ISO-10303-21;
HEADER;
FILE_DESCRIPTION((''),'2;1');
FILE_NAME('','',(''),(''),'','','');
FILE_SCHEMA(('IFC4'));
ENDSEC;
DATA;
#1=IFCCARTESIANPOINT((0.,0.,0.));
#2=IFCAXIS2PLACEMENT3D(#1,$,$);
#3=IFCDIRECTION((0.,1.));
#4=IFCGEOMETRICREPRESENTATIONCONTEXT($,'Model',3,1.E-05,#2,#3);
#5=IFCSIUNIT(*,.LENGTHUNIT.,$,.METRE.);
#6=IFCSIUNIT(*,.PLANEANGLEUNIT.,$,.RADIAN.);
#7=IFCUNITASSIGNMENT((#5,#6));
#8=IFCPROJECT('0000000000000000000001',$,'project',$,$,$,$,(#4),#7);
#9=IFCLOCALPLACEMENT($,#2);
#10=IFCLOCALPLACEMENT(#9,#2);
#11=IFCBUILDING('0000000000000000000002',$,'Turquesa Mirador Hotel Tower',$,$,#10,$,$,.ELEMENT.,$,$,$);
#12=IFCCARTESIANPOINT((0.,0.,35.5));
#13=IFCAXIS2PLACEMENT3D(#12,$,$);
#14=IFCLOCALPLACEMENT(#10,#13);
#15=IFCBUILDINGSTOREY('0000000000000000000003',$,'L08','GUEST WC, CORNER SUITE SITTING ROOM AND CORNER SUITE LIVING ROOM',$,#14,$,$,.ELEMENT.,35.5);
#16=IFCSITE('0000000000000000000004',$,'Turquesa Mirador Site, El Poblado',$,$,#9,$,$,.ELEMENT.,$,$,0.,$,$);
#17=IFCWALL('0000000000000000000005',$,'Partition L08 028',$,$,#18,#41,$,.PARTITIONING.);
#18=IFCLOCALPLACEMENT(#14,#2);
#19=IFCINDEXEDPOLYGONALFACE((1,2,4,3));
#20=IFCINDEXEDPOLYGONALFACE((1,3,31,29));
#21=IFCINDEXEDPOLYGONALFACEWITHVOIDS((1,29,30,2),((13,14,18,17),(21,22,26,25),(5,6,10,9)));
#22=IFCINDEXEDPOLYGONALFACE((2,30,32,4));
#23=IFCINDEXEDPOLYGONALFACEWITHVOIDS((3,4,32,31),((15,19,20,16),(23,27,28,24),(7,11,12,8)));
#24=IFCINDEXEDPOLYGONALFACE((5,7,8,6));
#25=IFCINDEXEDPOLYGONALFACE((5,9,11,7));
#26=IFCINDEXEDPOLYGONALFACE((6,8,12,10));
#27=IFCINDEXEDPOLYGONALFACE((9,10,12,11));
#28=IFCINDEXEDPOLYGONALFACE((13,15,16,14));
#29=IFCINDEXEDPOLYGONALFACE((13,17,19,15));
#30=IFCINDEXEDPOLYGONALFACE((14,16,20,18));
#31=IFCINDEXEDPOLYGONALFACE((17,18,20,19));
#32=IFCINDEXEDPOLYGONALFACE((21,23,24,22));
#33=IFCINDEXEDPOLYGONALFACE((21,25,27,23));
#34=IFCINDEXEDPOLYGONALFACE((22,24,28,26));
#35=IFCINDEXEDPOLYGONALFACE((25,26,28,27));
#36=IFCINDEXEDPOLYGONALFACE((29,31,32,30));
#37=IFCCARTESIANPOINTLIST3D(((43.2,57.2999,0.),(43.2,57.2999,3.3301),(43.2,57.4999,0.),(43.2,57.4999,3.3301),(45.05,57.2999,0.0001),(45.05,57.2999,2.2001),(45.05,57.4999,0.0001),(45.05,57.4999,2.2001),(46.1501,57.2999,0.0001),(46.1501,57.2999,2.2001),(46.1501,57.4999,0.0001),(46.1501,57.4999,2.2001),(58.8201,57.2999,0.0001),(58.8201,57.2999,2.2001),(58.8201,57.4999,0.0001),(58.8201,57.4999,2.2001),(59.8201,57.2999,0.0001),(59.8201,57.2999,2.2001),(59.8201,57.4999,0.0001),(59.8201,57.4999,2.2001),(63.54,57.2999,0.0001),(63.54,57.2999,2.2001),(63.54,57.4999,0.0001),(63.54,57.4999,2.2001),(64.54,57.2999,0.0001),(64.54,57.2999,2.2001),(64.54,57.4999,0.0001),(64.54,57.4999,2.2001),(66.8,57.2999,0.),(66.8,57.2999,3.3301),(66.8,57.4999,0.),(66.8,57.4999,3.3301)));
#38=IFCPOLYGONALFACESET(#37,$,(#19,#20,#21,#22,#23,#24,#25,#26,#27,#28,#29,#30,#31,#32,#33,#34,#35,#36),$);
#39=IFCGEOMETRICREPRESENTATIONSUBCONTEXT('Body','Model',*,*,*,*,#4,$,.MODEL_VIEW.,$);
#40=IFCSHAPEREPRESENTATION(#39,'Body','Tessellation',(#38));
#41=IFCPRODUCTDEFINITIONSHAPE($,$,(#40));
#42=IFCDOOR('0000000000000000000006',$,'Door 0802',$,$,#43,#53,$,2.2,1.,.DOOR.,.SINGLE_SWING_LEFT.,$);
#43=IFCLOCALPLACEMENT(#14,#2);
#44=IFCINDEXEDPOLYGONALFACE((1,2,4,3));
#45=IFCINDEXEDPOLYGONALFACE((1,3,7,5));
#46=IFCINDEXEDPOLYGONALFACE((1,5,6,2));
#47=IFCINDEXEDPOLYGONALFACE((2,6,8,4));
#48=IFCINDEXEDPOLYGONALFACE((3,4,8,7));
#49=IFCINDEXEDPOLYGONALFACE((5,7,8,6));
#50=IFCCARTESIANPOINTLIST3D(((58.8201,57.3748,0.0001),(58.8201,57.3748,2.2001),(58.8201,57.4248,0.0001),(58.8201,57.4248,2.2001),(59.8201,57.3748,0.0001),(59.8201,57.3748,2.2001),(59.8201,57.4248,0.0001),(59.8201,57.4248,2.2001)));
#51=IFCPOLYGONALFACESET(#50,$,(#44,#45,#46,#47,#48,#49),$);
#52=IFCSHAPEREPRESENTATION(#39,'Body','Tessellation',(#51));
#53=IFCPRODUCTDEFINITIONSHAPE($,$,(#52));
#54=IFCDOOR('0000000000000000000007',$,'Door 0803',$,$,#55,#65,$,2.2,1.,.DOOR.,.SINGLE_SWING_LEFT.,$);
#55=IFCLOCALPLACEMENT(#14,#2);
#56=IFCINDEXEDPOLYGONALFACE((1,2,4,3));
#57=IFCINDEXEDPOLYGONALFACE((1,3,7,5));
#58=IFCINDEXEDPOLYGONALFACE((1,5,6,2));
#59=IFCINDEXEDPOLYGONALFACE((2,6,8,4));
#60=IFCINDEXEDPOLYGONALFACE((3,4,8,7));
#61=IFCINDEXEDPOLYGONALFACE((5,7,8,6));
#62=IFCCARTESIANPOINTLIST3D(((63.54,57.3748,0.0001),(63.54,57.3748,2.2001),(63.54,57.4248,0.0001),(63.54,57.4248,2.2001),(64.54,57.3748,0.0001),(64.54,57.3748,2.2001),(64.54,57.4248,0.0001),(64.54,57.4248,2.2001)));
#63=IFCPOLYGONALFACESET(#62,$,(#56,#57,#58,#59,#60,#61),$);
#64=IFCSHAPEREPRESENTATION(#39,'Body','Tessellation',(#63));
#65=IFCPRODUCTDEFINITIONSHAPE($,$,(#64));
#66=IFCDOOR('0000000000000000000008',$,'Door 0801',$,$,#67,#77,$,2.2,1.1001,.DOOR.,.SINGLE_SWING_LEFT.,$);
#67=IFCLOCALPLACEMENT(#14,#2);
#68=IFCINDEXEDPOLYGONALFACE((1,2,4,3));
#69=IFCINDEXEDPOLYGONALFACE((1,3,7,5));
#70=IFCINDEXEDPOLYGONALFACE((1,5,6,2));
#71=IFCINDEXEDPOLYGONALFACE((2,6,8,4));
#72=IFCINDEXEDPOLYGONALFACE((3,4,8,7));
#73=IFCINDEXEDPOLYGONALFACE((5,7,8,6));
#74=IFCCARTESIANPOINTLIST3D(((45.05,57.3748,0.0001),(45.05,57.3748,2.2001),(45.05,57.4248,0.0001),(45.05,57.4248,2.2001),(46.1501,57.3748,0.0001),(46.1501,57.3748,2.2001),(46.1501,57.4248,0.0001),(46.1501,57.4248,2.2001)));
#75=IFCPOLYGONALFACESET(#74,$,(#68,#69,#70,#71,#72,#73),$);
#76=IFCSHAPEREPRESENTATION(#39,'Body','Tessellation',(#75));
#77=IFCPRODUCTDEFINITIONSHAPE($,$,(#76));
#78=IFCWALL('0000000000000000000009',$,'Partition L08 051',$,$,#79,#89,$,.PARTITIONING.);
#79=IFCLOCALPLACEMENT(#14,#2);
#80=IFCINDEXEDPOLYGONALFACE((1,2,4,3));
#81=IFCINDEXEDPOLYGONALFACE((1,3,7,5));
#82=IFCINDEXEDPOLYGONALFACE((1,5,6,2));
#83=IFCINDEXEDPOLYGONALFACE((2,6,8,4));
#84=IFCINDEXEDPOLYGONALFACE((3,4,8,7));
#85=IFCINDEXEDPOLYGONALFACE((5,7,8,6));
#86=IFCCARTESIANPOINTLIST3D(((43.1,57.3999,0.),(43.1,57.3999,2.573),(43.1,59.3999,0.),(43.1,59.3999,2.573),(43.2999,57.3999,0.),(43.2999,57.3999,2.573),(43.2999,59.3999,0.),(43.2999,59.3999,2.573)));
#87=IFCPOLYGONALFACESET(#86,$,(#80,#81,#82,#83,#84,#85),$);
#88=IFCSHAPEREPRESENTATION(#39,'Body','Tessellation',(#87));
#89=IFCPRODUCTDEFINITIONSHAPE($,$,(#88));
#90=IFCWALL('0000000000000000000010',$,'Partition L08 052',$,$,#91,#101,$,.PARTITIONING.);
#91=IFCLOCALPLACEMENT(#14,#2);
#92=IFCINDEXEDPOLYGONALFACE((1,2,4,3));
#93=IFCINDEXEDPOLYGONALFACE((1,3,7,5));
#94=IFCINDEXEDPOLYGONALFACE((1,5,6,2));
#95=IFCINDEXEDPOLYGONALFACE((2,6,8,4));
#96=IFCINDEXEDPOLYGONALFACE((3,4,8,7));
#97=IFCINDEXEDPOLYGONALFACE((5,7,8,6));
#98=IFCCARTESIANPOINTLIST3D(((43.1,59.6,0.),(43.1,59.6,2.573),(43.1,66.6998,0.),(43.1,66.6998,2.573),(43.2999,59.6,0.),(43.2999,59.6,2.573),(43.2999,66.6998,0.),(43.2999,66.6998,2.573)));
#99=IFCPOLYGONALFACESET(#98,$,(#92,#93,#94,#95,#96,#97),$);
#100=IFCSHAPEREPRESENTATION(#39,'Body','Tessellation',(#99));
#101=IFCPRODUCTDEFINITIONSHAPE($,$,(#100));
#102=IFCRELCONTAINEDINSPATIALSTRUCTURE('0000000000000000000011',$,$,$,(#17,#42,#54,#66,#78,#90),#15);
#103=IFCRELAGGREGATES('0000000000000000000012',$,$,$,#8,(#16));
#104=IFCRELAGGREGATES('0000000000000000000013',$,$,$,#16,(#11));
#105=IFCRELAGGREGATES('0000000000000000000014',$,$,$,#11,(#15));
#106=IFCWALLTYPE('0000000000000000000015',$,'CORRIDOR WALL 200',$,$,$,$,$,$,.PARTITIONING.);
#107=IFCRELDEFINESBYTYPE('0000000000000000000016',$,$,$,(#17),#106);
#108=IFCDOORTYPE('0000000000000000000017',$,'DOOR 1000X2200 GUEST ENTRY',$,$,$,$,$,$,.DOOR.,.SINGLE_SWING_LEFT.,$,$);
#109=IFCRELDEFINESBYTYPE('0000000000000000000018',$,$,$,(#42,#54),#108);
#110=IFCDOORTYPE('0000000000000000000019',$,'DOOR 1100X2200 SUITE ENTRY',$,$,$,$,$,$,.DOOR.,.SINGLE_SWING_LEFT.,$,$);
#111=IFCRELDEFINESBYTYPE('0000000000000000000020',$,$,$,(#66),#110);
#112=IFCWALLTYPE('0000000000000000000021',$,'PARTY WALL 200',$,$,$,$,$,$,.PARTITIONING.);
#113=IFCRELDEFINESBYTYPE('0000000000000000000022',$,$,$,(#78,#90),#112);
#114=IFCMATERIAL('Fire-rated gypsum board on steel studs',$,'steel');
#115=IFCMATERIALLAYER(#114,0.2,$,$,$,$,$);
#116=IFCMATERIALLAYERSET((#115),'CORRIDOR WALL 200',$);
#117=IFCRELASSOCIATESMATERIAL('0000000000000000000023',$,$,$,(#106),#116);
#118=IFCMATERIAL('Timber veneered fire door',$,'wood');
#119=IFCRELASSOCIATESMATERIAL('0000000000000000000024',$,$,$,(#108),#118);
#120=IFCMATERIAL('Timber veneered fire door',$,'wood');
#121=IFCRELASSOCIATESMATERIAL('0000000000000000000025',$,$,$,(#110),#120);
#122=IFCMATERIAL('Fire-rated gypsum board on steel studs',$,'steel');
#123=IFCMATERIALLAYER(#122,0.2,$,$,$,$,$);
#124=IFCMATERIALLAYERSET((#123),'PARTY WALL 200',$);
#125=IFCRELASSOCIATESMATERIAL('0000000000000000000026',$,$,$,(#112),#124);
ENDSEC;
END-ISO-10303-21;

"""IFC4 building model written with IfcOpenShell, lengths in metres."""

from ifc_helpers import new_model, si_unit, direction, frame, frame_2d, origin, place, context, subcontext, project, spatial, rectangle, extrude, material, layer, layer_set, type_object, element, fill, save


model = new_model("IFC4")

# Units and contexts
model_context = context("Model", 3, precision=1e-05, world=origin(), true_north=direction((0.0, 1.0)))
body_context = subcontext(model_context, "Body", "Model", "MODEL_VIEW")
ifc_project = project(units=[si_unit("LENGTHUNIT", "METRE"), si_unit("PLANEANGLEUNIT", "RADIAN")], contexts=[model_context])

# Site, building, storey
site_placement = place(None, origin())
site = spatial("IfcSite", under=ifc_project, at=site_placement, Name="Turquesa Mirador Site, El Poblado", CompositionType="ELEMENT", RefElevation=0.0)
building_placement = place(site_placement, origin())
building = spatial("IfcBuilding", under=site, at=building_placement, Name="Turquesa Mirador Hotel Tower", CompositionType="ELEMENT")
storey_placement = place(building_placement, frame((0.0, 0.0, 35.5)))
storey = spatial("IfcBuildingStorey", under=building, at=storey_placement, Name="L08", Description="GUEST WC, CORNER SUITE SITTING ROOM AND CORNER SUITE LIVING ROOM", CompositionType="ELEMENT", Elevation=35.5)

# Wall, openings, doors
ifc_material_1 = material(Name="Fire-rated gypsum board on steel studs", Category="steel")
ifc_layer_1 = layer(ifc_material_1, 0.2)
ifc_layer_set_1 = layer_set([ifc_layer_1], Name="CORRIDOR WALL 200")
wall_type_1 = type_object("IfcWallType", Name="CORRIDOR WALL 200", PredefinedType="PARTITIONING", material=ifc_layer_set_1)
wall_1_placement = place(storey_placement, frame((43.2, 57.3999, 0.0), z_axis=(0.0, 0.0, 1.0), x_axis=(1.0, 0.0, 0.0)))
wall_1 = element("IfcWall", 1, at=wall_1_placement, inside=storey, type_object=wall_type_1, Name="Partition L08 028", PredefinedType="PARTITIONING", context=body_context, shape_type="SweptSolid", body=[
    extrude(rectangle(XDim=23.6001, YDim=0.2, at=frame_2d((11.8, 0.0))), origin(), (0.0, 0.0, 1.0), 3.3301),
])
opening_1_placement = place(wall_1_placement, frame((1.8501, 0.0, 0.0)))
opening_1 = element("IfcOpeningElement", 2, at=opening_1_placement, cuts=wall_1, PredefinedType="OPENING", context=body_context, shape_type="SweptSolid", body=[
    extrude(rectangle(XDim=1.1001, YDim=2.2, at=frame_2d((0.55, 1.1001))), frame((0.0, 0.1099, 0.0), z_axis=(0.0, -1.0, 0.0), x_axis=(1.0, 0.0, 0.0)), (0.0, 0.0, 1.0), 0.22),
])
opening_2_placement = place(wall_1_placement, frame((15.6201, 0.0, 0.0)))
opening_2 = element("IfcOpeningElement", 3, at=opening_2_placement, cuts=wall_1, PredefinedType="OPENING", context=body_context, shape_type="SweptSolid", body=[
    extrude(rectangle(XDim=1.0, YDim=2.2, at=frame_2d((0.5, 1.1001))), frame((0.0, 0.1099, 0.0), z_axis=(0.0, -1.0, 0.0), x_axis=(1.0, 0.0, 0.0)), (0.0, 0.0, 1.0), 0.22),
])
opening_3_placement = place(wall_1_placement, frame((20.3401, 0.0, 0.0)))
opening_3 = element("IfcOpeningElement", 4, at=opening_3_placement, cuts=wall_1, PredefinedType="OPENING", context=body_context, shape_type="SweptSolid", body=[
    extrude(rectangle(XDim=1.0, YDim=2.2, at=frame_2d((0.5, 1.1001))), frame((0.0, 0.1099, 0.0), z_axis=(0.0, -1.0, 0.0), x_axis=(1.0, 0.0, 0.0)), (0.0, 0.0, 1.0), 0.22),
])
ifc_material_2 = material(Name="Timber veneered fire door", Category="wood")
door_type_1 = type_object("IfcDoorType", Name="DOOR 1000X2200 GUEST ENTRY", OperationType="SINGLE_SWING_LEFT", PredefinedType="DOOR", material=ifc_material_2)
door_1_placement = place(opening_2_placement, origin())
door_1 = element("IfcDoor", 5, at=door_1_placement, inside=storey, type_object=door_type_1, Name="Door 0802", OperationType="SINGLE_SWING_LEFT", OverallHeight=2.2, OverallWidth=1.0, PredefinedType="DOOR", context=body_context, shape_type="SweptSolid", body=[
    extrude(rectangle(XDim=1.0, YDim=2.2, at=frame_2d((0.5, 1.1001))), frame((0.0, 0.0249, 0.0), z_axis=(0.0, -1.0, 0.0), x_axis=(1.0, 0.0, 0.0)), (0.0, 0.0, 1.0), 0.05),
])
fill(opening_2, door_1)
door_2_placement = place(opening_3_placement, origin())
door_2 = element("IfcDoor", 6, at=door_2_placement, inside=storey, type_object=door_type_1, Name="Door 0803", OperationType="SINGLE_SWING_LEFT", OverallHeight=2.2, OverallWidth=1.0, PredefinedType="DOOR", context=body_context, shape_type="SweptSolid", body=[
    extrude(rectangle(XDim=1.0, YDim=2.2, at=frame_2d((0.5, 1.1001))), frame((0.0, 0.0249, 0.0), z_axis=(0.0, -1.0, 0.0), x_axis=(1.0, 0.0, 0.0)), (0.0, 0.0, 1.0), 0.05),
])
fill(opening_3, door_2)
ifc_material_3 = material(Name="Timber veneered fire door", Category="wood")
door_type_2 = type_object("IfcDoorType", Name="DOOR 1100X2200 SUITE ENTRY", OperationType="SINGLE_SWING_LEFT", PredefinedType="DOOR", material=ifc_material_3)
door_3_placement = place(opening_1_placement, origin())
door_3 = element("IfcDoor", 7, at=door_3_placement, inside=storey, type_object=door_type_2, Name="Door 0801", OperationType="SINGLE_SWING_LEFT", OverallHeight=2.2, OverallWidth=1.1001, PredefinedType="DOOR", context=body_context, shape_type="SweptSolid", body=[
    extrude(rectangle(XDim=1.1001, YDim=2.2, at=frame_2d((0.55, 1.1001))), frame((0.0, 0.0249, 0.0), z_axis=(0.0, -1.0, 0.0), x_axis=(1.0, 0.0, 0.0)), (0.0, 0.0, 1.0), 0.05),
])
fill(opening_1, door_3)

# Walls
ifc_material_4 = material(Name="Fire-rated gypsum board on steel studs", Category="steel")
ifc_layer_2 = layer(ifc_material_4, 0.2)
ifc_layer_set_2 = layer_set([ifc_layer_2], Name="PARTY WALL 200")
wall_type_2 = type_object("IfcWallType", Name="PARTY WALL 200", PredefinedType="PARTITIONING", material=ifc_layer_set_2)
wall_2_placement = place(storey_placement, frame((43.2, 57.3999, 0.0), z_axis=(0.0, 0.0, 1.0), x_axis=(0.0, 1.0, 0.0)))
element("IfcWall", 8, at=wall_2_placement, inside=storey, type_object=wall_type_2, Name="Partition L08 051", PredefinedType="PARTITIONING", context=body_context, shape_type="SweptSolid", body=[
    extrude(rectangle(XDim=2.0, YDim=0.2, at=frame_2d((1.0, 0.0))), origin(), (0.0, 0.0, 1.0), 2.573),
])
wall_3_placement = place(storey_placement, frame((43.2, 59.6001, 0.0), z_axis=(0.0, 0.0, 1.0), x_axis=(0.0, 1.0, 0.0)))
element("IfcWall", 9, at=wall_3_placement, inside=storey, type_object=wall_type_2, Name="Partition L08 052", PredefinedType="PARTITIONING", context=body_context, shape_type="SweptSolid", body=[
    extrude(rectangle(XDim=7.0999, YDim=0.2, at=frame_2d((3.5498, 0.0))), origin(), (0.0, 0.0, 1.0), 2.573),
])

save(model, "model.ifc")
